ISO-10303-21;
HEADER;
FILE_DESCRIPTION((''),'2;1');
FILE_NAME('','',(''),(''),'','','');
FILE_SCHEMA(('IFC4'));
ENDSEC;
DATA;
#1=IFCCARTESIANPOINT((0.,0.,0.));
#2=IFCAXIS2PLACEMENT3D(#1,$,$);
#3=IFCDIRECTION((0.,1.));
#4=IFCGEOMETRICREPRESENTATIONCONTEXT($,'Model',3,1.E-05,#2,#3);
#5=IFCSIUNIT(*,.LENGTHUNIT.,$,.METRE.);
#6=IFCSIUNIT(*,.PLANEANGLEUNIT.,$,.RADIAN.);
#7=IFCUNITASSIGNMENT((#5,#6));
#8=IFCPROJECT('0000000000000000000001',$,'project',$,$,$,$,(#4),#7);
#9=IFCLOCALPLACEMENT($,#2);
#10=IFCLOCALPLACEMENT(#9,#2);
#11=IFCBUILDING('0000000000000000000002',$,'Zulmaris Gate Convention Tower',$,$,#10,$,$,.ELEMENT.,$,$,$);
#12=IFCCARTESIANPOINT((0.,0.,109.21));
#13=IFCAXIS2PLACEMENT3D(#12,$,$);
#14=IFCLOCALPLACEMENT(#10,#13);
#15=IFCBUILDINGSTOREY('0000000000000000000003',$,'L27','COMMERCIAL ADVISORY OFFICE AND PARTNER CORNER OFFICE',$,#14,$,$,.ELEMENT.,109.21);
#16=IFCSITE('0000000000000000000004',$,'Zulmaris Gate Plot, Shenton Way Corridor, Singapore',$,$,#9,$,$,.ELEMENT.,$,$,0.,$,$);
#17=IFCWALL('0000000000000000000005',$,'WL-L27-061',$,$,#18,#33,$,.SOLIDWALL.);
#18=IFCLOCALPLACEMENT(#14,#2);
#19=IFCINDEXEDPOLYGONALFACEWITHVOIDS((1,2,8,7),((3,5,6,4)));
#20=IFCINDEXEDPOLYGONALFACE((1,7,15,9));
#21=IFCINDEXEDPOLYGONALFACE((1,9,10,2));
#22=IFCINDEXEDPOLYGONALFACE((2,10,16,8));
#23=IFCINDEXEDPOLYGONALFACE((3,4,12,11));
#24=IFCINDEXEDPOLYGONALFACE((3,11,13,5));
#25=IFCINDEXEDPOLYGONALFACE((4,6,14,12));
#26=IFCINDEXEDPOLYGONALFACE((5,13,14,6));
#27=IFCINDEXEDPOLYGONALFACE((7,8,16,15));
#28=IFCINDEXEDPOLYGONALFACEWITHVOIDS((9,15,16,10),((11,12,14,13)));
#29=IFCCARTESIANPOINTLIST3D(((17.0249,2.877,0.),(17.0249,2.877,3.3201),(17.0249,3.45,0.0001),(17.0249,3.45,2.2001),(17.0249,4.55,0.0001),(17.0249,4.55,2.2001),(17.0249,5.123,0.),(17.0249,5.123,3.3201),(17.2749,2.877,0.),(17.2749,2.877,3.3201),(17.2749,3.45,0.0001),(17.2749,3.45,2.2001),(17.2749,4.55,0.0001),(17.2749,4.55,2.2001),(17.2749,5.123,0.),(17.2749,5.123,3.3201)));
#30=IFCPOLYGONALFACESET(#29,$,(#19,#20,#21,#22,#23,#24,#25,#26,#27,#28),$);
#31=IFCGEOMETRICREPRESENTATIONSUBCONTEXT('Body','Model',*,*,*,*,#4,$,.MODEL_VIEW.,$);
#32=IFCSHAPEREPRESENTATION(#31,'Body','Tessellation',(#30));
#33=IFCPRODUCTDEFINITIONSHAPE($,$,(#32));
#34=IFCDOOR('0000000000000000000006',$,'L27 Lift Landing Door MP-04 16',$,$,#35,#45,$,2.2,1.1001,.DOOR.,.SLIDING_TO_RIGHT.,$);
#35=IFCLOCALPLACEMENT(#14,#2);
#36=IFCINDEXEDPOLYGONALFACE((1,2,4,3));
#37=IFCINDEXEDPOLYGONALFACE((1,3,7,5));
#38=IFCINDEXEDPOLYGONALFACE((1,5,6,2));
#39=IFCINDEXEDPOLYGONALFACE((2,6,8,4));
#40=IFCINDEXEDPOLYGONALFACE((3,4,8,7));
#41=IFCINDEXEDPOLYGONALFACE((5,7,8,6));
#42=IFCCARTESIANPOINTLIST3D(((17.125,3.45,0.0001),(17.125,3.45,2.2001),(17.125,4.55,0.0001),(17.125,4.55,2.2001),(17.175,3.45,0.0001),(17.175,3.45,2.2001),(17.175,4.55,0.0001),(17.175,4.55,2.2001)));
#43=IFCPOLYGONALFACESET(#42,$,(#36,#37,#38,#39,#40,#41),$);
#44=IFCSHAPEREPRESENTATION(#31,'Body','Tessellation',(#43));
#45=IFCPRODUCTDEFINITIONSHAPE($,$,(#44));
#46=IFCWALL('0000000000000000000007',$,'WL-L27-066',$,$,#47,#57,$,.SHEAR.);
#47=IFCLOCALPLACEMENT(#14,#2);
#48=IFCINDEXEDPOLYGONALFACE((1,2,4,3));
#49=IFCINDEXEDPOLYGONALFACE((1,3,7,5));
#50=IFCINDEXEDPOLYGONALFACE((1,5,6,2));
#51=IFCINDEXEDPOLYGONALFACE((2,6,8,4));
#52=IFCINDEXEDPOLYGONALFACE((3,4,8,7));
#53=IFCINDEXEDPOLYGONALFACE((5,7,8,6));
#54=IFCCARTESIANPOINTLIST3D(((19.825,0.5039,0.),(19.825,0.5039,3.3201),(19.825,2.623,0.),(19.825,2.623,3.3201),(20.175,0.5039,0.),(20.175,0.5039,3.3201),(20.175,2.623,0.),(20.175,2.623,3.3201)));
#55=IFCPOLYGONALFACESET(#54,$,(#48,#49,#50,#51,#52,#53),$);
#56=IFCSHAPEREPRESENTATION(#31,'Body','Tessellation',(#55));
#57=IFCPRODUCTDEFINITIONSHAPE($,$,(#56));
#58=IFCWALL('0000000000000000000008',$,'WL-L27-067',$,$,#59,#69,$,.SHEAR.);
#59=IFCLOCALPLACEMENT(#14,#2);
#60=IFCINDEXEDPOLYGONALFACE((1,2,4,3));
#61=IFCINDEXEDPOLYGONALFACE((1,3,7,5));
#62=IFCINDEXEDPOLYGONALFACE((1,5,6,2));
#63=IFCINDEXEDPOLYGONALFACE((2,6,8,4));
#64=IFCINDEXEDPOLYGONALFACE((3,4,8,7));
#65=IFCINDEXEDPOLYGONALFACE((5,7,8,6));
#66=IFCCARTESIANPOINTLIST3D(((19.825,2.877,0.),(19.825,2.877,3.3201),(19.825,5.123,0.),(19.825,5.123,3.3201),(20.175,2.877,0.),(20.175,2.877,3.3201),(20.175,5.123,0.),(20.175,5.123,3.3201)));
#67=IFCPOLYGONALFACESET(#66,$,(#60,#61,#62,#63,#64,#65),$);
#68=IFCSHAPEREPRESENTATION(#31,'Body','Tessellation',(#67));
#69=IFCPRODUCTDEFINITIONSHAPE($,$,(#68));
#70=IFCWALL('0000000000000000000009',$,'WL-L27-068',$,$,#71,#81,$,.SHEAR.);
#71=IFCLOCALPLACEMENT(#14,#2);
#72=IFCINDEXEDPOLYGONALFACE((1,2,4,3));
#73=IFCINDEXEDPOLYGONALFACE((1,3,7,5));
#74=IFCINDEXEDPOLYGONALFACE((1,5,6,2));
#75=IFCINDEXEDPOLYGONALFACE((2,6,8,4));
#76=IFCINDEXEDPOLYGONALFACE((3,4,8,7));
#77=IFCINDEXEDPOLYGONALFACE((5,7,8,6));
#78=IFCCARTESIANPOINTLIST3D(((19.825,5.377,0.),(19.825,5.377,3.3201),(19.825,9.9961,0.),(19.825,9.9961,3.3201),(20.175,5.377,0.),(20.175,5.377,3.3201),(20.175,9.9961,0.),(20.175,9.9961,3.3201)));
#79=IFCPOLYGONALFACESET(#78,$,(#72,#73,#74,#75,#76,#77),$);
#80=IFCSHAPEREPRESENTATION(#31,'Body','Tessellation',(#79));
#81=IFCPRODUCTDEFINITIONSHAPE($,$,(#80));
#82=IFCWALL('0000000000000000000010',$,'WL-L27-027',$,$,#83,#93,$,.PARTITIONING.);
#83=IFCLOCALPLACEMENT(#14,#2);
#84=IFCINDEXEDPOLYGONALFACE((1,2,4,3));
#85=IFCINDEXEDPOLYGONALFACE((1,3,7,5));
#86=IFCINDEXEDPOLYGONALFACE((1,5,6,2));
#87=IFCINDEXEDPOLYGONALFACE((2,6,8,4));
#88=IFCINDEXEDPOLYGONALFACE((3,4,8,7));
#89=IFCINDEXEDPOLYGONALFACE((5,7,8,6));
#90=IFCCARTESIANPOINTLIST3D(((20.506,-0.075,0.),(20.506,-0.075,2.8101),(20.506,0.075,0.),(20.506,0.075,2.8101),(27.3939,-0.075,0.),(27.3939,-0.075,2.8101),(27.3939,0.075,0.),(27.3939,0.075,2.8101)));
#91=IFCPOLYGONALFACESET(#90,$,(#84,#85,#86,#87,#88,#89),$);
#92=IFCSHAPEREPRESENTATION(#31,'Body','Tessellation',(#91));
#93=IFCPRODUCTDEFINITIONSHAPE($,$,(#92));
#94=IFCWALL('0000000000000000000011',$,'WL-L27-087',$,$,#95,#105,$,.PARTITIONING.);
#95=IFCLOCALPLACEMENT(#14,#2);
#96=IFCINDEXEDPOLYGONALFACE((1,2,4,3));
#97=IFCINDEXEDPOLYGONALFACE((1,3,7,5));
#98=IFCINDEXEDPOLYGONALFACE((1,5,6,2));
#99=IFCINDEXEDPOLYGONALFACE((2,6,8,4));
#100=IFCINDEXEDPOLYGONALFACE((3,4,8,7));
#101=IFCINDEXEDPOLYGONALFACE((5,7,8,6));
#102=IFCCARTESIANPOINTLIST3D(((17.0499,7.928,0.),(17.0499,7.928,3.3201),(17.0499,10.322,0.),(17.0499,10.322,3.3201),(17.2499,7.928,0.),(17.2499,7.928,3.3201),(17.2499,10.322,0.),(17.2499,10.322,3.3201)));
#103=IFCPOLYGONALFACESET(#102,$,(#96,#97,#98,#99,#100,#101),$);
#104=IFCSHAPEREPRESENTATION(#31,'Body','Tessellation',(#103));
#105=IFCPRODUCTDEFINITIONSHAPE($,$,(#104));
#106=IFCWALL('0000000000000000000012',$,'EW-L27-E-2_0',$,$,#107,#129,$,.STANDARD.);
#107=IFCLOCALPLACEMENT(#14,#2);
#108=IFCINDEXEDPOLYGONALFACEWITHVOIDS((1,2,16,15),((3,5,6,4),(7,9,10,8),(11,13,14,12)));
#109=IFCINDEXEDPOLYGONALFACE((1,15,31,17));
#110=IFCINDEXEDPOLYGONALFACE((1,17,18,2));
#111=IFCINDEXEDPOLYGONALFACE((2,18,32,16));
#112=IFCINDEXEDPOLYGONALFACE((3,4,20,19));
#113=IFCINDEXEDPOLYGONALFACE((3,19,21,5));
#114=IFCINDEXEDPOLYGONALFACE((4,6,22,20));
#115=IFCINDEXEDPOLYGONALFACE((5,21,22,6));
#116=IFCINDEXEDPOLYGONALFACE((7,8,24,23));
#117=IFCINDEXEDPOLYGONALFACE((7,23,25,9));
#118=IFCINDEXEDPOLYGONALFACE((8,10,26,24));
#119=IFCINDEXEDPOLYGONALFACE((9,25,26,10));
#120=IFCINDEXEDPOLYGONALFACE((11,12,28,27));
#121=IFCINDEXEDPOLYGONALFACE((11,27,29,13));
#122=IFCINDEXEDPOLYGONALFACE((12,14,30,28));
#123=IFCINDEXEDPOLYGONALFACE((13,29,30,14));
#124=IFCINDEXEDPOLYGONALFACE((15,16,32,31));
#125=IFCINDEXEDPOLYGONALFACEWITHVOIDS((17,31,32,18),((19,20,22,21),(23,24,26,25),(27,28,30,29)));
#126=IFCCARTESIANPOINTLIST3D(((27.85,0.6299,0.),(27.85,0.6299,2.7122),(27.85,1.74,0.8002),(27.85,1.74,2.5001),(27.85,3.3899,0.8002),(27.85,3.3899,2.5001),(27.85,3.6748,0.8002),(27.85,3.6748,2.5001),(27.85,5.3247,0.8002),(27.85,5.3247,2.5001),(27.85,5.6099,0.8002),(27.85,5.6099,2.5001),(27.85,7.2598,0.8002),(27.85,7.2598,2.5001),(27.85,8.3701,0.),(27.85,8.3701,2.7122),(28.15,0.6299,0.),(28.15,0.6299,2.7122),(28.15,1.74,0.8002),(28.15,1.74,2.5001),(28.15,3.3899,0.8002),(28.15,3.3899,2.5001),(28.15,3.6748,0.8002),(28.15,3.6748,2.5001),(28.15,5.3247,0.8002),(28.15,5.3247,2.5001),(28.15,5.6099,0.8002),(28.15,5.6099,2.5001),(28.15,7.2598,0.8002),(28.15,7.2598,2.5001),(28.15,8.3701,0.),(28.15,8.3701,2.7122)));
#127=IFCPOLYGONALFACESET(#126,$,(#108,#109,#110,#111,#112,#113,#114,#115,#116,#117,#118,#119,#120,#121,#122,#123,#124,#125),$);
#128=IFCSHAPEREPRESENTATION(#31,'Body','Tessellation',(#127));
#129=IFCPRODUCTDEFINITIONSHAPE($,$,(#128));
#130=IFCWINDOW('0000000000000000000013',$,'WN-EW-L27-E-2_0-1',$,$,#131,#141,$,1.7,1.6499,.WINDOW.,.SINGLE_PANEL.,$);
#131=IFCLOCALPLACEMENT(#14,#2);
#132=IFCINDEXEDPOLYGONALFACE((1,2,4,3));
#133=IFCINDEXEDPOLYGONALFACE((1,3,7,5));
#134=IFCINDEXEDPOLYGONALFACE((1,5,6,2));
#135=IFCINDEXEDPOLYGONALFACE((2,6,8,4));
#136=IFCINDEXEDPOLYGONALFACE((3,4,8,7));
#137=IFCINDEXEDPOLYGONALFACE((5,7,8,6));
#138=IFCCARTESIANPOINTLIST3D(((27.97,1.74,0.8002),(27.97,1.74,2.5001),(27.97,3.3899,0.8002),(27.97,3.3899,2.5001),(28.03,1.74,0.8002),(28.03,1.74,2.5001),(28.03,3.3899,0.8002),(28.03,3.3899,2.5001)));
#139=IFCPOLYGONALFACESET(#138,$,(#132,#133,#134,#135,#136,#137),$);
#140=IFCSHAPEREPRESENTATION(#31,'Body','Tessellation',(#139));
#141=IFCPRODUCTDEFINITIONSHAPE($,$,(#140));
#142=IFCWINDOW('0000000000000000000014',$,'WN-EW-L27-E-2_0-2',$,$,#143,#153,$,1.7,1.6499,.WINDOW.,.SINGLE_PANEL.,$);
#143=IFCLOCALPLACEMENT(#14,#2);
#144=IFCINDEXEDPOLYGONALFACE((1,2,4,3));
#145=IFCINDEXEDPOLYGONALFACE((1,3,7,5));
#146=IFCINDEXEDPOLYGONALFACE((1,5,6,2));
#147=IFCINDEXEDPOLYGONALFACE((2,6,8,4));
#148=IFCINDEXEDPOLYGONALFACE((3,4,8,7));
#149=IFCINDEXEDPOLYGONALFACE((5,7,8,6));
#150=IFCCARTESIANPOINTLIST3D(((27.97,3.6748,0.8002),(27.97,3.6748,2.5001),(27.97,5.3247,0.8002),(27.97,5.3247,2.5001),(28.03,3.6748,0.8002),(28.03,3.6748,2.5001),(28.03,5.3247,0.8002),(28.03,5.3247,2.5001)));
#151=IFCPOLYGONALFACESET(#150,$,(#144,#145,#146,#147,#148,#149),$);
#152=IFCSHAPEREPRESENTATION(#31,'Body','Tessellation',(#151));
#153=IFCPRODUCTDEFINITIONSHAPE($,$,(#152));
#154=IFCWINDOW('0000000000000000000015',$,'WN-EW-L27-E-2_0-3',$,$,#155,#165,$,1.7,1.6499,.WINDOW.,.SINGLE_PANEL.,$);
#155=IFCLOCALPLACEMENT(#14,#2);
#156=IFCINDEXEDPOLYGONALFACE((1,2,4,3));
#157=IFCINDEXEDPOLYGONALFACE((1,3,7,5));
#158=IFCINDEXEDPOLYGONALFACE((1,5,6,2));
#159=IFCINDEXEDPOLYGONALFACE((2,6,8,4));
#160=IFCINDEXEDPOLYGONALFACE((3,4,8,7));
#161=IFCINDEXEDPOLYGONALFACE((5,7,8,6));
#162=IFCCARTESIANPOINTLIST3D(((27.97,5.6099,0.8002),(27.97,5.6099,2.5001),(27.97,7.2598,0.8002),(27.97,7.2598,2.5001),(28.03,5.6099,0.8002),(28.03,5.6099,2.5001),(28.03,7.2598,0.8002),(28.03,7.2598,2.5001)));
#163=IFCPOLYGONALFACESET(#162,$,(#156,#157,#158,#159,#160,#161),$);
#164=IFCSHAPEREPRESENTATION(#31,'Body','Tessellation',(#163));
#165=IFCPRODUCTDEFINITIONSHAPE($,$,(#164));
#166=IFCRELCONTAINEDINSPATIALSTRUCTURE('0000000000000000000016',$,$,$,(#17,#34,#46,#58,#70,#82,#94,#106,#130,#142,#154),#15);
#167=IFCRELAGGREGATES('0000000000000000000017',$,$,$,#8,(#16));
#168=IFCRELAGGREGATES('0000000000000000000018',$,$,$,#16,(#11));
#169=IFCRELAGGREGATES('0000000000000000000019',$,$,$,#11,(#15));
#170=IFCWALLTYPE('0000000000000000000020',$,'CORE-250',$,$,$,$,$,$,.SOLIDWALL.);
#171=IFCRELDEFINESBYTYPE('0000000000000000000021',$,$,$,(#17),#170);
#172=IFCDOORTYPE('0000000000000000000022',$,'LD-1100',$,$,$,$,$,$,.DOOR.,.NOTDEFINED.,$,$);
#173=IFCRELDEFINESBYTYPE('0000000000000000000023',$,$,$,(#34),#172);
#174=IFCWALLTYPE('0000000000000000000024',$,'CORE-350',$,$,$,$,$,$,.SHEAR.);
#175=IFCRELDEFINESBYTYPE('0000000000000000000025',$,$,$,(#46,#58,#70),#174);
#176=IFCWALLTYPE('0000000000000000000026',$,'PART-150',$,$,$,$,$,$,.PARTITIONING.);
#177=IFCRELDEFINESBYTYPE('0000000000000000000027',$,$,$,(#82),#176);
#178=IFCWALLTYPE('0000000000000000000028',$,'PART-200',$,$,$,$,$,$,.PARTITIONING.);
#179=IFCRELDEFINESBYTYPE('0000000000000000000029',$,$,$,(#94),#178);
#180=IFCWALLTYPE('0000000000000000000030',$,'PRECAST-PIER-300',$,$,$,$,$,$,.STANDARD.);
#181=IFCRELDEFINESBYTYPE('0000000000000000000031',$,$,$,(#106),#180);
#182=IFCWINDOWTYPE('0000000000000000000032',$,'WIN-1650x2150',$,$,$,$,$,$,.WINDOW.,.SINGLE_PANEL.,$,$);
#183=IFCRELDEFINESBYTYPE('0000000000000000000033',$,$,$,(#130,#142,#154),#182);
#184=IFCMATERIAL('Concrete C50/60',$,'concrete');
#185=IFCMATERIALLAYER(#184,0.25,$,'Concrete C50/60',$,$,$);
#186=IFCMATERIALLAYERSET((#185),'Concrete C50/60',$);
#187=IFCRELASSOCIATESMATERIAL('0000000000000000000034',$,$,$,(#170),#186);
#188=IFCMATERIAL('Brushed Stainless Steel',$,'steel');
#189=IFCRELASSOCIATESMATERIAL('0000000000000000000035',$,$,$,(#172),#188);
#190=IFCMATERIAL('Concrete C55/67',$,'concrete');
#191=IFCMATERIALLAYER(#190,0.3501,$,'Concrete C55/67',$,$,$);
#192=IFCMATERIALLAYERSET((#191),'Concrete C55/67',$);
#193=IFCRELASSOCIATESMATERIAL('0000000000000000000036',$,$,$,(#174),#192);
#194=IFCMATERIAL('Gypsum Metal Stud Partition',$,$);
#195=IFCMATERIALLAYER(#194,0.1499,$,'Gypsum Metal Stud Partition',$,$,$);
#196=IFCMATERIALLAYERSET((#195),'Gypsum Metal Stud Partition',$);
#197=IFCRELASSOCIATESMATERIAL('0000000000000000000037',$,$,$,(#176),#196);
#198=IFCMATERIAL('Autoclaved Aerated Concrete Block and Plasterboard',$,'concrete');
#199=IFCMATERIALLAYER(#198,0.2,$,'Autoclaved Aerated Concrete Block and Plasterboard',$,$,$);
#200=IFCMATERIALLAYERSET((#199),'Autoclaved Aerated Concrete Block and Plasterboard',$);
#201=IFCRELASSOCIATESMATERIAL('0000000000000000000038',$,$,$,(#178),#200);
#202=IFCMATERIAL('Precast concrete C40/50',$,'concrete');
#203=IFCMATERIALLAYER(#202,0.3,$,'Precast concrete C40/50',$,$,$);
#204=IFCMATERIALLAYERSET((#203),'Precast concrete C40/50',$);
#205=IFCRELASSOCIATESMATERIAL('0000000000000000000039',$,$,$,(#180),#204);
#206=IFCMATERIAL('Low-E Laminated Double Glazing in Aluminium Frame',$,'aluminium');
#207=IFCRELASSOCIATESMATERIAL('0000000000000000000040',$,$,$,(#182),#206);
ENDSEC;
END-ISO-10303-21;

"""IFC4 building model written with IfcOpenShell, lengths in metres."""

from ifc_helpers import new_model, si_unit, direction, frame, frame_2d, origin, place, context, subcontext, project, spatial, rectangle, extrude, material, layer, layer_set, type_object, element, fill, save


model = new_model("IFC4")

# Units and contexts
model_context = context("Model", 3, precision=1e-05, world=origin(), true_north=direction((0.0, 1.0)))
body_context = subcontext(model_context, "Body", "Model", "MODEL_VIEW")
ifc_project = project(units=[si_unit("LENGTHUNIT", "METRE"), si_unit("PLANEANGLEUNIT", "RADIAN")], contexts=[model_context])

# Site, building, storey
site_placement = place(None, origin())
site = spatial("IfcSite", under=ifc_project, at=site_placement, Name="Zulmaris Gate Plot, Shenton Way Corridor, Singapore", CompositionType="ELEMENT", RefElevation=0.0)
building_placement = place(site_placement, origin())
building = spatial("IfcBuilding", under=site, at=building_placement, Name="Zulmaris Gate Convention Tower", CompositionType="ELEMENT")
storey_placement = place(building_placement, frame((0.0, 0.0, 109.21)))
storey = spatial("IfcBuildingStorey", under=building, at=storey_placement, Name="L27", Description="COMMERCIAL ADVISORY OFFICE AND PARTNER CORNER OFFICE", CompositionType="ELEMENT", Elevation=109.21)

# Wall, opening, door
ifc_material_1 = material(Name="Concrete C50/60", Category="concrete")
ifc_layer_1 = layer(ifc_material_1, 0.25, Name="Concrete C50/60")
ifc_layer_set_1 = layer_set([ifc_layer_1], Name="Concrete C50/60")
wall_type_1 = type_object("IfcWallType", Name="CORE-250", PredefinedType="SOLIDWALL", material=ifc_layer_set_1)
ifc_material_2 = material(Name="Brushed Stainless Steel", Category="steel")
door_type_1 = type_object("IfcDoorType", Name="LD-1100", OperationType="NOTDEFINED", PredefinedType="DOOR", material=ifc_material_2)
wall_1_placement = place(storey_placement, frame((17.1499, 2.877, 0.0), z_axis=(0.0, 0.0, 1.0), x_axis=(0.0, 1.0, 0.0)))
wall_1 = element("IfcWall", 1, at=wall_1_placement, inside=storey, type_object=wall_type_1, Name="WL-L27-061", PredefinedType="SOLIDWALL", context=body_context, shape_type="SweptSolid", body=[
    extrude(rectangle(XDim=2.2461, YDim=0.25, at=frame_2d((1.123, 0.0))), origin(), (0.0, 0.0, 1.0), 3.3201),
])
opening_1_placement = place(wall_1_placement, frame((0.573, 0.0, 0.0)))
opening_1 = element("IfcOpeningElement", 2, at=opening_1_placement, cuts=wall_1, PredefinedType="OPENING", context=body_context, shape_type="SweptSolid", body=[
    extrude(rectangle(XDim=1.1001, YDim=2.2, at=frame_2d((0.55, 1.1001))), frame((0.0, 0.135, 0.0), z_axis=(0.0, -1.0, 0.0), x_axis=(1.0, 0.0, 0.0)), (0.0, 0.0, 1.0), 0.27),
])
door_1_placement = place(opening_1_placement, origin())
door_1 = element("IfcDoor", 3, at=door_1_placement, inside=storey, type_object=door_type_1, Name="L27 Lift Landing Door MP-04 16", OperationType="SLIDING_TO_RIGHT", OverallHeight=2.2, OverallWidth=1.1001, PredefinedType="DOOR", context=body_context, shape_type="SweptSolid", body=[
    extrude(rectangle(XDim=1.1001, YDim=2.2, at=frame_2d((0.55, 1.1001))), frame((0.0, 0.0249, 0.0), z_axis=(0.0, -1.0, 0.0), x_axis=(1.0, 0.0, 0.0)), (0.0, 0.0, 1.0), 0.05),
])
fill(opening_1, door_1)

# Walls
ifc_material_3 = material(Name="Concrete C55/67", Category="concrete")
ifc_layer_2 = layer(ifc_material_3, 0.3501, Name="Concrete C55/67")
ifc_layer_set_2 = layer_set([ifc_layer_2], Name="Concrete C55/67")
wall_type_2 = type_object("IfcWallType", Name="CORE-350", PredefinedType="SHEAR", material=ifc_layer_set_2)
wall_2_placement = place(storey_placement, frame((20.0, 0.5039, 0.0), z_axis=(0.0, 0.0, 1.0), x_axis=(0.0, 1.0, 0.0)))
element("IfcWall", 4, at=wall_2_placement, inside=storey, type_object=wall_type_2, Name="WL-L27-066", PredefinedType="SHEAR", context=body_context, shape_type="SweptSolid", body=[
    extrude(rectangle(XDim=2.1191, YDim=0.3501, at=frame_2d((1.0596, 0.0))), origin(), (0.0, 0.0, 1.0), 3.3201),
])
wall_3_placement = place(storey_placement, frame((20.0, 2.877, 0.0), z_axis=(0.0, 0.0, 1.0), x_axis=(0.0, 1.0, 0.0)))
element("IfcWall", 5, at=wall_3_placement, inside=storey, type_object=wall_type_2, Name="WL-L27-067", PredefinedType="SHEAR", context=body_context, shape_type="SweptSolid", body=[
    extrude(rectangle(XDim=2.2461, YDim=0.3501, at=frame_2d((1.123, 0.0))), origin(), (0.0, 0.0, 1.0), 3.3201),
])
wall_4_placement = place(storey_placement, frame((20.0, 5.377, 0.0), z_axis=(0.0, 0.0, 1.0), x_axis=(0.0, 1.0, 0.0)))
element("IfcWall", 6, at=wall_4_placement, inside=storey, type_object=wall_type_2, Name="WL-L27-068", PredefinedType="SHEAR", context=body_context, shape_type="SweptSolid", body=[
    extrude(rectangle(XDim=4.6191, YDim=0.3501, at=frame_2d((2.3096, 0.0))), origin(), (0.0, 0.0, 1.0), 3.3201),
])
ifc_material_4 = material(Name="Gypsum Metal Stud Partition")
ifc_layer_3 = layer(ifc_material_4, 0.1499, Name="Gypsum Metal Stud Partition")
ifc_layer_set_3 = layer_set([ifc_layer_3], Name="Gypsum Metal Stud Partition")
wall_type_3 = type_object("IfcWallType", Name="PART-150", PredefinedType="PARTITIONING", material=ifc_layer_set_3)
wall_5_placement = place(storey_placement, frame((20.5061, 0.0, 0.0), z_axis=(0.0, 0.0, 1.0), x_axis=(1.0, 0.0, 0.0)))
element("IfcWall", 7, at=wall_5_placement, inside=storey, type_object=wall_type_3, Name="WL-L27-027", PredefinedType="PARTITIONING", context=body_context, shape_type="SweptSolid", body=[
    extrude(rectangle(XDim=6.8879, YDim=0.1499, at=frame_2d((3.4438, 0.0))), origin(), (0.0, 0.0, 1.0), 2.8101),
])

# Shared definitions
ifc_material_5 = material(Name="Autoclaved Aerated Concrete Block and Plasterboard", Category="concrete")
ifc_layer_4 = layer(ifc_material_5, 0.2, Name="Autoclaved Aerated Concrete Block and Plasterboard")
ifc_layer_set_4 = layer_set([ifc_layer_4], Name="Autoclaved Aerated Concrete Block and Plasterboard")
wall_type_4 = type_object("IfcWallType", Name="PART-200", PredefinedType="PARTITIONING", material=ifc_layer_set_4)

# Wall
wall_6_placement = place(storey_placement, frame((17.1499, 7.928, 0.0), z_axis=(0.0, 0.0, 1.0), x_axis=(0.0, 1.0, 0.0)))
element("IfcWall", 8, at=wall_6_placement, inside=storey, type_object=wall_type_4, Name="WL-L27-087", PredefinedType="PARTITIONING", context=body_context, shape_type="SweptSolid", body=[
    extrude(rectangle(XDim=2.394, YDim=0.2, at=frame_2d((1.197, 0.0))), origin(), (0.0, 0.0, 1.0), 3.3201),
])

# Wall, openings, windows
ifc_material_6 = material(Name="Precast concrete C40/50", Category="concrete")
ifc_layer_5 = layer(ifc_material_6, 0.3, Name="Precast concrete C40/50")
ifc_layer_set_5 = layer_set([ifc_layer_5], Name="Precast concrete C40/50")
wall_type_5 = type_object("IfcWallType", Name="PRECAST-PIER-300", PredefinedType="STANDARD", material=ifc_layer_set_5)
wall_7_placement = place(storey_placement, frame((28.0, 0.6299, 0.0), z_axis=(0.0, 0.0, 1.0), x_axis=(0.0, 1.0, 0.0)))
wall_7 = element("IfcWall", 9, at=wall_7_placement, inside=storey, type_object=wall_type_5, Name="EW-L27-E-2_0", PredefinedType="STANDARD", context=body_context, shape_type="SweptSolid", body=[
    extrude(rectangle(XDim=7.7402, YDim=0.3, at=frame_2d((3.8701, 0.0))), origin(), (0.0, 0.0, 1.0), 2.7122),
])
opening_2_placement = place(wall_7_placement, frame((1.1101, 0.0, 0.8)))
opening_2 = element("IfcOpeningElement", 10, at=opening_2_placement, cuts=wall_7, PredefinedType="OPENING", context=body_context, shape_type="SweptSolid", body=[
    extrude(rectangle(XDim=1.6499, YDim=1.7, at=frame_2d((0.825, 0.8501))), frame((0.0, 0.1602, 0.0), z_axis=(0.0, -1.0, 0.0), x_axis=(1.0, 0.0, 0.0)), (0.0, 0.0, 1.0), 0.3201),
])
opening_3_placement = place(wall_7_placement, frame((3.0449, 0.0, 0.8)))
opening_3 = element("IfcOpeningElement", 11, at=opening_3_placement, cuts=wall_7, PredefinedType="OPENING", context=body_context, shape_type="SweptSolid", body=[
    extrude(rectangle(XDim=1.6499, YDim=1.7, at=frame_2d((0.825, 0.8501))), frame((0.0, 0.1602, 0.0), z_axis=(0.0, -1.0, 0.0), x_axis=(1.0, 0.0, 0.0)), (0.0, 0.0, 1.0), 0.3201),
])
opening_4_placement = place(wall_7_placement, frame((4.98, 0.0, 0.8)))
opening_4 = element("IfcOpeningElement", 12, at=opening_4_placement, cuts=wall_7, PredefinedType="OPENING", context=body_context, shape_type="SweptSolid", body=[
    extrude(rectangle(XDim=1.6499, YDim=1.7, at=frame_2d((0.825, 0.8501))), frame((0.0, 0.1602, 0.0), z_axis=(0.0, -1.0, 0.0), x_axis=(1.0, 0.0, 0.0)), (0.0, 0.0, 1.0), 0.3201),
])
ifc_material_7 = material(Name="Low-E Laminated Double Glazing in Aluminium Frame", Category="aluminium")
window_type = type_object("IfcWindowType", Name="WIN-1650x2150", PartitioningType="SINGLE_PANEL", PredefinedType="WINDOW", material=ifc_material_7)
window_1_placement = place(opening_2_placement, origin())
window_1 = element("IfcWindow", 13, at=window_1_placement, inside=storey, type_object=window_type, Name="WN-EW-L27-E-2_0-1", OverallHeight=1.7, OverallWidth=1.6499, PartitioningType="SINGLE_PANEL", PredefinedType="WINDOW", context=body_context, shape_type="SweptSolid", body=[
    extrude(rectangle(XDim=1.6499, YDim=1.7, at=frame_2d((0.825, 0.8501))), frame((0.0, 0.03, 0.0), z_axis=(0.0, -1.0, 0.0), x_axis=(1.0, 0.0, 0.0)), (0.0, 0.0, 1.0), 0.0601),
])
fill(opening_2, window_1)
window_2_placement = place(opening_3_placement, origin())
window_2 = element("IfcWindow", 14, at=window_2_placement, inside=storey, type_object=window_type, Name="WN-EW-L27-E-2_0-2", OverallHeight=1.7, OverallWidth=1.6499, PartitioningType="SINGLE_PANEL", PredefinedType="WINDOW", context=body_context, shape_type="SweptSolid", body=[
    extrude(rectangle(XDim=1.6499, YDim=1.7, at=frame_2d((0.825, 0.8501))), frame((0.0, 0.03, 0.0), z_axis=(0.0, -1.0, 0.0), x_axis=(1.0, 0.0, 0.0)), (0.0, 0.0, 1.0), 0.0601),
])
fill(opening_3, window_2)
window_3_placement = place(opening_4_placement, origin())
window_3 = element("IfcWindow", 15, at=window_3_placement, inside=storey, type_object=window_type, Name="WN-EW-L27-E-2_0-3", OverallHeight=1.7, OverallWidth=1.6499, PartitioningType="SINGLE_PANEL", PredefinedType="WINDOW", context=body_context, shape_type="SweptSolid", body=[
    extrude(rectangle(XDim=1.6499, YDim=1.7, at=frame_2d((0.825, 0.8501))), frame((0.0, 0.03, 0.0), z_axis=(0.0, -1.0, 0.0), x_axis=(1.0, 0.0, 0.0)), (0.0, 0.0, 1.0), 0.0601),
])
fill(opening_4, window_3)

save(model, "model.ifc")
